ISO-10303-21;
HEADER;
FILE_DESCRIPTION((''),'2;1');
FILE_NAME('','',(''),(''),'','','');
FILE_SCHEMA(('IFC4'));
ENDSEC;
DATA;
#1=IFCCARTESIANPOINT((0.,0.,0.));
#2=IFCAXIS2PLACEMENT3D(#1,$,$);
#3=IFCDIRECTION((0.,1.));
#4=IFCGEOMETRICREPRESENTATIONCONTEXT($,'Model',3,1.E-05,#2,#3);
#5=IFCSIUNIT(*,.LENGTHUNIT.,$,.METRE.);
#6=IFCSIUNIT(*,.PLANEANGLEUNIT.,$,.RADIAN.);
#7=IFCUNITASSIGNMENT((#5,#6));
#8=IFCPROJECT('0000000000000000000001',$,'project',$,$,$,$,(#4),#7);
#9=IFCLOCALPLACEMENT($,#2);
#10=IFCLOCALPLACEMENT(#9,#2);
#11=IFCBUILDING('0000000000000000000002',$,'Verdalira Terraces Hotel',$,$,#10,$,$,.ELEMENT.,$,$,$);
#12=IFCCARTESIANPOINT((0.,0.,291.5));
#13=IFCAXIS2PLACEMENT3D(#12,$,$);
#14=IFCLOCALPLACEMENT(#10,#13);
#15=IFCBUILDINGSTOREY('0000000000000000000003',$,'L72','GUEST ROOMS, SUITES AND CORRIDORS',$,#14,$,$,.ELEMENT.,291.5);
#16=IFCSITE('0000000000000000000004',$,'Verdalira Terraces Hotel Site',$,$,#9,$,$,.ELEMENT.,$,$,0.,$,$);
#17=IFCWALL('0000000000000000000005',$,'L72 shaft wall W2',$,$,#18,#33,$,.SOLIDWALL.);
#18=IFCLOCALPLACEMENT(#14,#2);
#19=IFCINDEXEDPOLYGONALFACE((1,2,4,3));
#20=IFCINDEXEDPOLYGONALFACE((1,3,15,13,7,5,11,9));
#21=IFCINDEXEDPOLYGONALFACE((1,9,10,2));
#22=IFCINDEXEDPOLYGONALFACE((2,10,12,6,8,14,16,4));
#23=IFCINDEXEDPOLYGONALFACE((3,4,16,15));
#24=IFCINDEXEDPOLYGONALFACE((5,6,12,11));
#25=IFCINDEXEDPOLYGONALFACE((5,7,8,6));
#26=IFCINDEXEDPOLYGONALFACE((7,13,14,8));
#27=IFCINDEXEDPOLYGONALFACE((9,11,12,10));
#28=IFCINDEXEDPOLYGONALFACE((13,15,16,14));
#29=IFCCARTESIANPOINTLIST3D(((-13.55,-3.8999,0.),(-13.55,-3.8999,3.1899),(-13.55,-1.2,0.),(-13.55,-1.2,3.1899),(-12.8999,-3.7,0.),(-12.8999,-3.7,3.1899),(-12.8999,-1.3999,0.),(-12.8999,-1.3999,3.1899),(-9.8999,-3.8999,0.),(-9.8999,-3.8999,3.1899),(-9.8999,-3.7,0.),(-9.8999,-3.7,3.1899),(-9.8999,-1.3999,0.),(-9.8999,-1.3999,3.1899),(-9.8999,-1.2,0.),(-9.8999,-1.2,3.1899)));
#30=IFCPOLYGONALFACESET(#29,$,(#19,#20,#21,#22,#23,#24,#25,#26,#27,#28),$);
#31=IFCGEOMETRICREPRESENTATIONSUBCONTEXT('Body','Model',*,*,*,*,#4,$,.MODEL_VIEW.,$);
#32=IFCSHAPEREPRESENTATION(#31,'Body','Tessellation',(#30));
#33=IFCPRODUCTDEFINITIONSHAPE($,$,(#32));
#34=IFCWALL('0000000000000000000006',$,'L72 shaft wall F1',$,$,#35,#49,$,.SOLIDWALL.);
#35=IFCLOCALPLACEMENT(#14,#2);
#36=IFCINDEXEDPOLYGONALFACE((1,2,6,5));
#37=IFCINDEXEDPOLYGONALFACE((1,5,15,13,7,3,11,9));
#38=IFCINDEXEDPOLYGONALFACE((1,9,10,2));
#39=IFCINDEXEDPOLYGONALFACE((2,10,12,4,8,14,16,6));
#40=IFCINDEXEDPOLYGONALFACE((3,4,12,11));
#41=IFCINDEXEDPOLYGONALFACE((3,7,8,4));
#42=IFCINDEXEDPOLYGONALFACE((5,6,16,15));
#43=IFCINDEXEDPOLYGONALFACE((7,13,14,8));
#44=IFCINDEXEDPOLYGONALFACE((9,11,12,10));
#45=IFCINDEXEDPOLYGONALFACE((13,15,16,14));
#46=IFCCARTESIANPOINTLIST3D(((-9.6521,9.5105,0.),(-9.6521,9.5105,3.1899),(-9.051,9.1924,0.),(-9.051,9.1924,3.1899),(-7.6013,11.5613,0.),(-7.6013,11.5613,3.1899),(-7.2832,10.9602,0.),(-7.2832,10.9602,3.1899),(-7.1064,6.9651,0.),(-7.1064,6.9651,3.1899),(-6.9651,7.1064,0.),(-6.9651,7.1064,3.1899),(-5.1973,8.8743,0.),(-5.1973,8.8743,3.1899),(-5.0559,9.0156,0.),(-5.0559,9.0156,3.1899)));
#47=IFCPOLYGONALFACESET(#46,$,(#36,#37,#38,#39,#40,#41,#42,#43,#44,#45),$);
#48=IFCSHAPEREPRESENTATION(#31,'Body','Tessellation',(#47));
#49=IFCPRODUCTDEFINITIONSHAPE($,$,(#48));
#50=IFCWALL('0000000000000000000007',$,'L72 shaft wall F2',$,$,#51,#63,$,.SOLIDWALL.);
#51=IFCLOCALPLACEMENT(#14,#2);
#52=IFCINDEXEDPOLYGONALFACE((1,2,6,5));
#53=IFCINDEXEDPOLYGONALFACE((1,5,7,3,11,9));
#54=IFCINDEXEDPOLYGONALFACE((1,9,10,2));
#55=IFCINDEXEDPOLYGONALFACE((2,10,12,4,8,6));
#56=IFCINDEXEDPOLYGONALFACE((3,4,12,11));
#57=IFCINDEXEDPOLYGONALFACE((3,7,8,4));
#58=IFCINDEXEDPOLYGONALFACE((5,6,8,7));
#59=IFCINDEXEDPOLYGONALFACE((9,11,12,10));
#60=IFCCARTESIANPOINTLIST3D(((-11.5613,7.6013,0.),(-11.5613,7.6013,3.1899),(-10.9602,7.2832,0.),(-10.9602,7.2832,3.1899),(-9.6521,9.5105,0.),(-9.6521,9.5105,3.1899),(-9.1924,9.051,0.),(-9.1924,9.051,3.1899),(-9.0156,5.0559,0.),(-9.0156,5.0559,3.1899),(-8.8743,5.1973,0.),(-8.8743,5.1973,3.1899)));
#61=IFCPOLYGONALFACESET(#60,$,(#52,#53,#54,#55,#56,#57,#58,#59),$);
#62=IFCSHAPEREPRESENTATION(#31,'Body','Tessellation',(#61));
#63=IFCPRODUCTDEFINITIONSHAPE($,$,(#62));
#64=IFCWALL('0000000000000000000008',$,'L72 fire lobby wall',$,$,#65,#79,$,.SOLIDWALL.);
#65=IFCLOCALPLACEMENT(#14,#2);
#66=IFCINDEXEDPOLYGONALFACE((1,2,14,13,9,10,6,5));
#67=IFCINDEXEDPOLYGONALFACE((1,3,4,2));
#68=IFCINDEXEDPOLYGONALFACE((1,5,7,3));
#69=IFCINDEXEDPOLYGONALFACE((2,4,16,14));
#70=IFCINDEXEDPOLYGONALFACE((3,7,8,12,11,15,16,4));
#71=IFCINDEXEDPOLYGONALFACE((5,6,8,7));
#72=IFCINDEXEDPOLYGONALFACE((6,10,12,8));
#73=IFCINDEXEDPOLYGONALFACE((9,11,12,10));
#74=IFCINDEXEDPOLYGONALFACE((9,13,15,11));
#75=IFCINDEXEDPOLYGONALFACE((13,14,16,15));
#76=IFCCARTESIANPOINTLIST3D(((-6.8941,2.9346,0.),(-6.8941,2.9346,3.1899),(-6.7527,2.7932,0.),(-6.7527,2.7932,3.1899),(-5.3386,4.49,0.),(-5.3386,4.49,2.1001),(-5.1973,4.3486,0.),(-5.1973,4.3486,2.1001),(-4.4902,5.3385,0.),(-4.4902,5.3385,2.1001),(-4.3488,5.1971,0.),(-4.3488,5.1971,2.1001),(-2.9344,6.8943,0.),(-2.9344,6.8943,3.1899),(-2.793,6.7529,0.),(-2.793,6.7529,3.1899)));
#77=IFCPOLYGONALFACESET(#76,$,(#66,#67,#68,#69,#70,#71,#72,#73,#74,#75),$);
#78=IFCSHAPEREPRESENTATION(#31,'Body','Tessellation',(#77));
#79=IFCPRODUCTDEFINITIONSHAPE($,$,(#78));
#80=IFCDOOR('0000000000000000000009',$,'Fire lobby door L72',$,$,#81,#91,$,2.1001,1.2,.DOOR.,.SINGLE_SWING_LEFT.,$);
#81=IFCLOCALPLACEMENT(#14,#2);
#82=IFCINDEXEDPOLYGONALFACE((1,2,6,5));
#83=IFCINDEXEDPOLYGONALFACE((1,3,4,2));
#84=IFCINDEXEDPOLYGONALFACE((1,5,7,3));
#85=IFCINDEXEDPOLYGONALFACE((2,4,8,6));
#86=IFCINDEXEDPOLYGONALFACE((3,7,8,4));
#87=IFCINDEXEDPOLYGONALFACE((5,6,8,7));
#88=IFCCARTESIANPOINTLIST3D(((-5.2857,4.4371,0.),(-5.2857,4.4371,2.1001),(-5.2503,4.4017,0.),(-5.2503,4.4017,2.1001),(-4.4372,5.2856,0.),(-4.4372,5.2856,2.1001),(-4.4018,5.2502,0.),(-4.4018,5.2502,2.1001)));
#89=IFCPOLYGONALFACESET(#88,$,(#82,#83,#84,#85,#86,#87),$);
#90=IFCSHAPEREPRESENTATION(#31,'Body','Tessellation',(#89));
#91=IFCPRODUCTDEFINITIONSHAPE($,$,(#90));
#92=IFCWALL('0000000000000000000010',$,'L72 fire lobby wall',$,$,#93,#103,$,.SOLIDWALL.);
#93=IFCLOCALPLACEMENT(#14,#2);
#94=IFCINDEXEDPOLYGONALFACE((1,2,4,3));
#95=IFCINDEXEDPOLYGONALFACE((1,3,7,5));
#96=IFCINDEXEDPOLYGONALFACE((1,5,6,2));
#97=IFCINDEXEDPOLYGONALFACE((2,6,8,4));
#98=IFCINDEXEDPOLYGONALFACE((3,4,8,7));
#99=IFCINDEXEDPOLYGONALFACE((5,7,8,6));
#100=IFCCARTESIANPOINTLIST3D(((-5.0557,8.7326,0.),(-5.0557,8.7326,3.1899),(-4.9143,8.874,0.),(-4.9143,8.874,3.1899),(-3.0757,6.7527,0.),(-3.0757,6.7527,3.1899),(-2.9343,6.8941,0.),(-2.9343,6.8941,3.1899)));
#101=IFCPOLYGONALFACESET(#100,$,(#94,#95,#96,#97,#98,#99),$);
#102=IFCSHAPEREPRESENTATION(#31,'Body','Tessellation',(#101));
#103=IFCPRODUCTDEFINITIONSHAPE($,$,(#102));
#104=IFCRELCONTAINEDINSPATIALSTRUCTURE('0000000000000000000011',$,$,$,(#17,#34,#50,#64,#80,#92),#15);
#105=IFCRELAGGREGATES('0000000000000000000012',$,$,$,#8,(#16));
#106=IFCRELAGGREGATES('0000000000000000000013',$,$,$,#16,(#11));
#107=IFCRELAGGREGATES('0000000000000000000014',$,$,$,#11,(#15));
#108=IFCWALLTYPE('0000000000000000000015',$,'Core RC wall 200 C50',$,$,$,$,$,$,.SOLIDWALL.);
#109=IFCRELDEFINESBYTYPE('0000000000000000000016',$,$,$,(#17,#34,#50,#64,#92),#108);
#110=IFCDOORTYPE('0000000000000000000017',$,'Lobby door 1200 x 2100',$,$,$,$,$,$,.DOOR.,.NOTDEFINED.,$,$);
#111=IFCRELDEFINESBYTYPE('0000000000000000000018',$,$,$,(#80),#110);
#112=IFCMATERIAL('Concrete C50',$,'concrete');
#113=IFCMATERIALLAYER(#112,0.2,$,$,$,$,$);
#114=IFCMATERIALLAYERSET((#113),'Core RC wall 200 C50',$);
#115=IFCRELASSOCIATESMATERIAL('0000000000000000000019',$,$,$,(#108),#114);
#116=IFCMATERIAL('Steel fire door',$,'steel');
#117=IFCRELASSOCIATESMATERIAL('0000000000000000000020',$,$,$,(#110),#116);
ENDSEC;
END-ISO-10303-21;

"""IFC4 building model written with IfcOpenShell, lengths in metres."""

from ifc_helpers import new_model, si_unit, direction, frame, frame_2d, origin, place, context, subcontext, project, spatial, polyline, rectangle, outline, extrude, material, layer, layer_set, type_object, element, fill, save


model = new_model("IFC4")

# Units and contexts
model_context = context("Model", 3, precision=1e-05, world=origin(), true_north=direction((0.0, 1.0)))
body_context = subcontext(model_context, "Body", "Model", "MODEL_VIEW")
ifc_project = project(units=[si_unit("LENGTHUNIT", "METRE"), si_unit("PLANEANGLEUNIT", "RADIAN")], contexts=[model_context])

# Site, building, storey
site_placement = place(None, origin())
site = spatial("IfcSite", under=ifc_project, at=site_placement, Name="Verdalira Terraces Hotel Site", CompositionType="ELEMENT", RefElevation=0.0)
building_placement = place(site_placement, origin())
building = spatial("IfcBuilding", under=site, at=building_placement, Name="Verdalira Terraces Hotel", CompositionType="ELEMENT")
storey_placement = place(building_placement, frame((0.0, 0.0, 291.5)))
storey = spatial("IfcBuildingStorey", under=building, at=storey_placement, Name="L72", Description="GUEST ROOMS, SUITES AND CORRIDORS", CompositionType="ELEMENT", Elevation=291.5)

# Shared definitions
ifc_material_1 = material(Name="Concrete C50", Category="concrete")
ifc_layer_1 = layer(ifc_material_1, 0.2)
ifc_layer_set_1 = layer_set([ifc_layer_1], Name="Core RC wall 200 C50")
wall_type_1 = type_object("IfcWallType", Name="Core RC wall 200 C50", PredefinedType="SOLIDWALL", material=ifc_layer_set_1)

# Walls
wall_1_placement = place(storey_placement, origin())
element("IfcWall", 1, at=wall_1_placement, inside=storey, type_object=wall_type_1, Name="L72 shaft wall W2", PredefinedType="SOLIDWALL", context=body_context, shape_type="SweptSolid", body=[
    extrude(outline(polyline([(-13.55, -3.8999), (-13.55, -1.2), (-9.8999, -1.2), (-9.8999, -1.3999), (-12.8999, -1.3999), (-12.8999, -3.7), (-9.8999, -3.7), (-9.8999, -3.8999), (-13.55, -3.8999)])), origin(), (0.0, 0.0, 1.0), 3.1899),
])
wall_2_placement = place(storey_placement, origin())
element("IfcWall", 2, at=wall_2_placement, inside=storey, type_object=wall_type_1, Name="L72 shaft wall F1", PredefinedType="SOLIDWALL", context=body_context, shape_type="SweptSolid", body=[
    extrude(outline(polyline([(-9.6521, 9.5105), (-7.6013, 11.5613), (-5.0559, 9.0156), (-5.1973, 8.8743), (-7.2832, 10.9602), (-9.051, 9.1924), (-6.9651, 7.1064), (-7.1064, 6.9651), (-9.6521, 9.5105)])), origin(), (0.0, 0.0, 1.0), 3.1899),
])
wall_3_placement = place(storey_placement, origin())
element("IfcWall", 3, at=wall_3_placement, inside=storey, type_object=wall_type_1, Name="L72 shaft wall F2", PredefinedType="SOLIDWALL", context=body_context, shape_type="SweptSolid", body=[
    extrude(outline(polyline([(-11.5613, 7.6013), (-9.6521, 9.5105), (-9.1924, 9.051), (-10.9602, 7.2832), (-8.8743, 5.1973), (-9.0156, 5.0559), (-11.5613, 7.6013)])), origin(), (0.0, 0.0, 1.0), 3.1899),
])

# Wall, opening, door
wall_4_placement = place(storey_placement, frame((-2.8638, 6.8235, 0.0), z_axis=(0.0, 0.0, 1.0), x_axis=(-0.707107, -0.707107, 0.0)))
wall_4 = element("IfcWall", 4, at=wall_4_placement, inside=storey, type_object=wall_type_1, Name="L72 fire lobby wall", PredefinedType="SOLIDWALL", context=body_context, shape_type="SweptSolid", body=[
    extrude(rectangle(XDim=5.5999, YDim=0.2, at=frame_2d((2.7998, 0.0))), origin(), (0.0, 0.0, 1.0), 3.1899),
])
opening_1_placement = place(wall_4_placement, frame((2.2, 0.0, 0.0)))
opening_1 = element("IfcOpeningElement", 5, at=opening_1_placement, cuts=wall_4, PredefinedType="OPENING", context=body_context, shape_type="SweptSolid", body=[
    extrude(rectangle(XDim=1.2, YDim=2.1001, at=frame_2d((0.6001, 1.05))), frame((0.0, 0.1099, 0.0), z_axis=(0.0, -1.0, 0.0), x_axis=(1.0, 0.0, 0.0)), (0.0, 0.0, 1.0), 0.22),
])
ifc_material_2 = material(Name="Steel fire door", Category="steel")
door_type_1 = type_object("IfcDoorType", Name="Lobby door 1200 x 2100", OperationType="NOTDEFINED", PredefinedType="DOOR", material=ifc_material_2)
door_1_placement = place(opening_1_placement, origin())
door_1 = element("IfcDoor", 6, at=door_1_placement, inside=storey, type_object=door_type_1, Name="Fire lobby door L72", OperationType="SINGLE_SWING_LEFT", OverallHeight=2.1001, OverallWidth=1.2, PredefinedType="DOOR", context=body_context, shape_type="SweptSolid", body=[
    extrude(rectangle(XDim=1.2, YDim=2.1001, at=frame_2d((0.6001, 1.05))), frame((0.0, 0.0249, 0.0), z_axis=(0.0, -1.0, 0.0), x_axis=(1.0, 0.0, 0.0)), (0.0, 0.0, 1.0), 0.05),
])
fill(opening_1, door_1)

# Wall
wall_5_placement = place(storey_placement, frame((-3.0051, 6.8235, 0.0), z_axis=(0.0, 0.0, 1.0), x_axis=(-0.707107, 0.707107, 0.0)))
element("IfcWall", 7, at=wall_5_placement, inside=storey, type_object=wall_type_1, Name="L72 fire lobby wall", PredefinedType="SOLIDWALL", context=body_context, shape_type="SweptSolid", body=[
    extrude(rectangle(XDim=2.8, YDim=0.2, at=frame_2d((1.3999, 0.0))), origin(), (0.0, 0.0, 1.0), 3.1899),
])

save(model, "model.ifc")
